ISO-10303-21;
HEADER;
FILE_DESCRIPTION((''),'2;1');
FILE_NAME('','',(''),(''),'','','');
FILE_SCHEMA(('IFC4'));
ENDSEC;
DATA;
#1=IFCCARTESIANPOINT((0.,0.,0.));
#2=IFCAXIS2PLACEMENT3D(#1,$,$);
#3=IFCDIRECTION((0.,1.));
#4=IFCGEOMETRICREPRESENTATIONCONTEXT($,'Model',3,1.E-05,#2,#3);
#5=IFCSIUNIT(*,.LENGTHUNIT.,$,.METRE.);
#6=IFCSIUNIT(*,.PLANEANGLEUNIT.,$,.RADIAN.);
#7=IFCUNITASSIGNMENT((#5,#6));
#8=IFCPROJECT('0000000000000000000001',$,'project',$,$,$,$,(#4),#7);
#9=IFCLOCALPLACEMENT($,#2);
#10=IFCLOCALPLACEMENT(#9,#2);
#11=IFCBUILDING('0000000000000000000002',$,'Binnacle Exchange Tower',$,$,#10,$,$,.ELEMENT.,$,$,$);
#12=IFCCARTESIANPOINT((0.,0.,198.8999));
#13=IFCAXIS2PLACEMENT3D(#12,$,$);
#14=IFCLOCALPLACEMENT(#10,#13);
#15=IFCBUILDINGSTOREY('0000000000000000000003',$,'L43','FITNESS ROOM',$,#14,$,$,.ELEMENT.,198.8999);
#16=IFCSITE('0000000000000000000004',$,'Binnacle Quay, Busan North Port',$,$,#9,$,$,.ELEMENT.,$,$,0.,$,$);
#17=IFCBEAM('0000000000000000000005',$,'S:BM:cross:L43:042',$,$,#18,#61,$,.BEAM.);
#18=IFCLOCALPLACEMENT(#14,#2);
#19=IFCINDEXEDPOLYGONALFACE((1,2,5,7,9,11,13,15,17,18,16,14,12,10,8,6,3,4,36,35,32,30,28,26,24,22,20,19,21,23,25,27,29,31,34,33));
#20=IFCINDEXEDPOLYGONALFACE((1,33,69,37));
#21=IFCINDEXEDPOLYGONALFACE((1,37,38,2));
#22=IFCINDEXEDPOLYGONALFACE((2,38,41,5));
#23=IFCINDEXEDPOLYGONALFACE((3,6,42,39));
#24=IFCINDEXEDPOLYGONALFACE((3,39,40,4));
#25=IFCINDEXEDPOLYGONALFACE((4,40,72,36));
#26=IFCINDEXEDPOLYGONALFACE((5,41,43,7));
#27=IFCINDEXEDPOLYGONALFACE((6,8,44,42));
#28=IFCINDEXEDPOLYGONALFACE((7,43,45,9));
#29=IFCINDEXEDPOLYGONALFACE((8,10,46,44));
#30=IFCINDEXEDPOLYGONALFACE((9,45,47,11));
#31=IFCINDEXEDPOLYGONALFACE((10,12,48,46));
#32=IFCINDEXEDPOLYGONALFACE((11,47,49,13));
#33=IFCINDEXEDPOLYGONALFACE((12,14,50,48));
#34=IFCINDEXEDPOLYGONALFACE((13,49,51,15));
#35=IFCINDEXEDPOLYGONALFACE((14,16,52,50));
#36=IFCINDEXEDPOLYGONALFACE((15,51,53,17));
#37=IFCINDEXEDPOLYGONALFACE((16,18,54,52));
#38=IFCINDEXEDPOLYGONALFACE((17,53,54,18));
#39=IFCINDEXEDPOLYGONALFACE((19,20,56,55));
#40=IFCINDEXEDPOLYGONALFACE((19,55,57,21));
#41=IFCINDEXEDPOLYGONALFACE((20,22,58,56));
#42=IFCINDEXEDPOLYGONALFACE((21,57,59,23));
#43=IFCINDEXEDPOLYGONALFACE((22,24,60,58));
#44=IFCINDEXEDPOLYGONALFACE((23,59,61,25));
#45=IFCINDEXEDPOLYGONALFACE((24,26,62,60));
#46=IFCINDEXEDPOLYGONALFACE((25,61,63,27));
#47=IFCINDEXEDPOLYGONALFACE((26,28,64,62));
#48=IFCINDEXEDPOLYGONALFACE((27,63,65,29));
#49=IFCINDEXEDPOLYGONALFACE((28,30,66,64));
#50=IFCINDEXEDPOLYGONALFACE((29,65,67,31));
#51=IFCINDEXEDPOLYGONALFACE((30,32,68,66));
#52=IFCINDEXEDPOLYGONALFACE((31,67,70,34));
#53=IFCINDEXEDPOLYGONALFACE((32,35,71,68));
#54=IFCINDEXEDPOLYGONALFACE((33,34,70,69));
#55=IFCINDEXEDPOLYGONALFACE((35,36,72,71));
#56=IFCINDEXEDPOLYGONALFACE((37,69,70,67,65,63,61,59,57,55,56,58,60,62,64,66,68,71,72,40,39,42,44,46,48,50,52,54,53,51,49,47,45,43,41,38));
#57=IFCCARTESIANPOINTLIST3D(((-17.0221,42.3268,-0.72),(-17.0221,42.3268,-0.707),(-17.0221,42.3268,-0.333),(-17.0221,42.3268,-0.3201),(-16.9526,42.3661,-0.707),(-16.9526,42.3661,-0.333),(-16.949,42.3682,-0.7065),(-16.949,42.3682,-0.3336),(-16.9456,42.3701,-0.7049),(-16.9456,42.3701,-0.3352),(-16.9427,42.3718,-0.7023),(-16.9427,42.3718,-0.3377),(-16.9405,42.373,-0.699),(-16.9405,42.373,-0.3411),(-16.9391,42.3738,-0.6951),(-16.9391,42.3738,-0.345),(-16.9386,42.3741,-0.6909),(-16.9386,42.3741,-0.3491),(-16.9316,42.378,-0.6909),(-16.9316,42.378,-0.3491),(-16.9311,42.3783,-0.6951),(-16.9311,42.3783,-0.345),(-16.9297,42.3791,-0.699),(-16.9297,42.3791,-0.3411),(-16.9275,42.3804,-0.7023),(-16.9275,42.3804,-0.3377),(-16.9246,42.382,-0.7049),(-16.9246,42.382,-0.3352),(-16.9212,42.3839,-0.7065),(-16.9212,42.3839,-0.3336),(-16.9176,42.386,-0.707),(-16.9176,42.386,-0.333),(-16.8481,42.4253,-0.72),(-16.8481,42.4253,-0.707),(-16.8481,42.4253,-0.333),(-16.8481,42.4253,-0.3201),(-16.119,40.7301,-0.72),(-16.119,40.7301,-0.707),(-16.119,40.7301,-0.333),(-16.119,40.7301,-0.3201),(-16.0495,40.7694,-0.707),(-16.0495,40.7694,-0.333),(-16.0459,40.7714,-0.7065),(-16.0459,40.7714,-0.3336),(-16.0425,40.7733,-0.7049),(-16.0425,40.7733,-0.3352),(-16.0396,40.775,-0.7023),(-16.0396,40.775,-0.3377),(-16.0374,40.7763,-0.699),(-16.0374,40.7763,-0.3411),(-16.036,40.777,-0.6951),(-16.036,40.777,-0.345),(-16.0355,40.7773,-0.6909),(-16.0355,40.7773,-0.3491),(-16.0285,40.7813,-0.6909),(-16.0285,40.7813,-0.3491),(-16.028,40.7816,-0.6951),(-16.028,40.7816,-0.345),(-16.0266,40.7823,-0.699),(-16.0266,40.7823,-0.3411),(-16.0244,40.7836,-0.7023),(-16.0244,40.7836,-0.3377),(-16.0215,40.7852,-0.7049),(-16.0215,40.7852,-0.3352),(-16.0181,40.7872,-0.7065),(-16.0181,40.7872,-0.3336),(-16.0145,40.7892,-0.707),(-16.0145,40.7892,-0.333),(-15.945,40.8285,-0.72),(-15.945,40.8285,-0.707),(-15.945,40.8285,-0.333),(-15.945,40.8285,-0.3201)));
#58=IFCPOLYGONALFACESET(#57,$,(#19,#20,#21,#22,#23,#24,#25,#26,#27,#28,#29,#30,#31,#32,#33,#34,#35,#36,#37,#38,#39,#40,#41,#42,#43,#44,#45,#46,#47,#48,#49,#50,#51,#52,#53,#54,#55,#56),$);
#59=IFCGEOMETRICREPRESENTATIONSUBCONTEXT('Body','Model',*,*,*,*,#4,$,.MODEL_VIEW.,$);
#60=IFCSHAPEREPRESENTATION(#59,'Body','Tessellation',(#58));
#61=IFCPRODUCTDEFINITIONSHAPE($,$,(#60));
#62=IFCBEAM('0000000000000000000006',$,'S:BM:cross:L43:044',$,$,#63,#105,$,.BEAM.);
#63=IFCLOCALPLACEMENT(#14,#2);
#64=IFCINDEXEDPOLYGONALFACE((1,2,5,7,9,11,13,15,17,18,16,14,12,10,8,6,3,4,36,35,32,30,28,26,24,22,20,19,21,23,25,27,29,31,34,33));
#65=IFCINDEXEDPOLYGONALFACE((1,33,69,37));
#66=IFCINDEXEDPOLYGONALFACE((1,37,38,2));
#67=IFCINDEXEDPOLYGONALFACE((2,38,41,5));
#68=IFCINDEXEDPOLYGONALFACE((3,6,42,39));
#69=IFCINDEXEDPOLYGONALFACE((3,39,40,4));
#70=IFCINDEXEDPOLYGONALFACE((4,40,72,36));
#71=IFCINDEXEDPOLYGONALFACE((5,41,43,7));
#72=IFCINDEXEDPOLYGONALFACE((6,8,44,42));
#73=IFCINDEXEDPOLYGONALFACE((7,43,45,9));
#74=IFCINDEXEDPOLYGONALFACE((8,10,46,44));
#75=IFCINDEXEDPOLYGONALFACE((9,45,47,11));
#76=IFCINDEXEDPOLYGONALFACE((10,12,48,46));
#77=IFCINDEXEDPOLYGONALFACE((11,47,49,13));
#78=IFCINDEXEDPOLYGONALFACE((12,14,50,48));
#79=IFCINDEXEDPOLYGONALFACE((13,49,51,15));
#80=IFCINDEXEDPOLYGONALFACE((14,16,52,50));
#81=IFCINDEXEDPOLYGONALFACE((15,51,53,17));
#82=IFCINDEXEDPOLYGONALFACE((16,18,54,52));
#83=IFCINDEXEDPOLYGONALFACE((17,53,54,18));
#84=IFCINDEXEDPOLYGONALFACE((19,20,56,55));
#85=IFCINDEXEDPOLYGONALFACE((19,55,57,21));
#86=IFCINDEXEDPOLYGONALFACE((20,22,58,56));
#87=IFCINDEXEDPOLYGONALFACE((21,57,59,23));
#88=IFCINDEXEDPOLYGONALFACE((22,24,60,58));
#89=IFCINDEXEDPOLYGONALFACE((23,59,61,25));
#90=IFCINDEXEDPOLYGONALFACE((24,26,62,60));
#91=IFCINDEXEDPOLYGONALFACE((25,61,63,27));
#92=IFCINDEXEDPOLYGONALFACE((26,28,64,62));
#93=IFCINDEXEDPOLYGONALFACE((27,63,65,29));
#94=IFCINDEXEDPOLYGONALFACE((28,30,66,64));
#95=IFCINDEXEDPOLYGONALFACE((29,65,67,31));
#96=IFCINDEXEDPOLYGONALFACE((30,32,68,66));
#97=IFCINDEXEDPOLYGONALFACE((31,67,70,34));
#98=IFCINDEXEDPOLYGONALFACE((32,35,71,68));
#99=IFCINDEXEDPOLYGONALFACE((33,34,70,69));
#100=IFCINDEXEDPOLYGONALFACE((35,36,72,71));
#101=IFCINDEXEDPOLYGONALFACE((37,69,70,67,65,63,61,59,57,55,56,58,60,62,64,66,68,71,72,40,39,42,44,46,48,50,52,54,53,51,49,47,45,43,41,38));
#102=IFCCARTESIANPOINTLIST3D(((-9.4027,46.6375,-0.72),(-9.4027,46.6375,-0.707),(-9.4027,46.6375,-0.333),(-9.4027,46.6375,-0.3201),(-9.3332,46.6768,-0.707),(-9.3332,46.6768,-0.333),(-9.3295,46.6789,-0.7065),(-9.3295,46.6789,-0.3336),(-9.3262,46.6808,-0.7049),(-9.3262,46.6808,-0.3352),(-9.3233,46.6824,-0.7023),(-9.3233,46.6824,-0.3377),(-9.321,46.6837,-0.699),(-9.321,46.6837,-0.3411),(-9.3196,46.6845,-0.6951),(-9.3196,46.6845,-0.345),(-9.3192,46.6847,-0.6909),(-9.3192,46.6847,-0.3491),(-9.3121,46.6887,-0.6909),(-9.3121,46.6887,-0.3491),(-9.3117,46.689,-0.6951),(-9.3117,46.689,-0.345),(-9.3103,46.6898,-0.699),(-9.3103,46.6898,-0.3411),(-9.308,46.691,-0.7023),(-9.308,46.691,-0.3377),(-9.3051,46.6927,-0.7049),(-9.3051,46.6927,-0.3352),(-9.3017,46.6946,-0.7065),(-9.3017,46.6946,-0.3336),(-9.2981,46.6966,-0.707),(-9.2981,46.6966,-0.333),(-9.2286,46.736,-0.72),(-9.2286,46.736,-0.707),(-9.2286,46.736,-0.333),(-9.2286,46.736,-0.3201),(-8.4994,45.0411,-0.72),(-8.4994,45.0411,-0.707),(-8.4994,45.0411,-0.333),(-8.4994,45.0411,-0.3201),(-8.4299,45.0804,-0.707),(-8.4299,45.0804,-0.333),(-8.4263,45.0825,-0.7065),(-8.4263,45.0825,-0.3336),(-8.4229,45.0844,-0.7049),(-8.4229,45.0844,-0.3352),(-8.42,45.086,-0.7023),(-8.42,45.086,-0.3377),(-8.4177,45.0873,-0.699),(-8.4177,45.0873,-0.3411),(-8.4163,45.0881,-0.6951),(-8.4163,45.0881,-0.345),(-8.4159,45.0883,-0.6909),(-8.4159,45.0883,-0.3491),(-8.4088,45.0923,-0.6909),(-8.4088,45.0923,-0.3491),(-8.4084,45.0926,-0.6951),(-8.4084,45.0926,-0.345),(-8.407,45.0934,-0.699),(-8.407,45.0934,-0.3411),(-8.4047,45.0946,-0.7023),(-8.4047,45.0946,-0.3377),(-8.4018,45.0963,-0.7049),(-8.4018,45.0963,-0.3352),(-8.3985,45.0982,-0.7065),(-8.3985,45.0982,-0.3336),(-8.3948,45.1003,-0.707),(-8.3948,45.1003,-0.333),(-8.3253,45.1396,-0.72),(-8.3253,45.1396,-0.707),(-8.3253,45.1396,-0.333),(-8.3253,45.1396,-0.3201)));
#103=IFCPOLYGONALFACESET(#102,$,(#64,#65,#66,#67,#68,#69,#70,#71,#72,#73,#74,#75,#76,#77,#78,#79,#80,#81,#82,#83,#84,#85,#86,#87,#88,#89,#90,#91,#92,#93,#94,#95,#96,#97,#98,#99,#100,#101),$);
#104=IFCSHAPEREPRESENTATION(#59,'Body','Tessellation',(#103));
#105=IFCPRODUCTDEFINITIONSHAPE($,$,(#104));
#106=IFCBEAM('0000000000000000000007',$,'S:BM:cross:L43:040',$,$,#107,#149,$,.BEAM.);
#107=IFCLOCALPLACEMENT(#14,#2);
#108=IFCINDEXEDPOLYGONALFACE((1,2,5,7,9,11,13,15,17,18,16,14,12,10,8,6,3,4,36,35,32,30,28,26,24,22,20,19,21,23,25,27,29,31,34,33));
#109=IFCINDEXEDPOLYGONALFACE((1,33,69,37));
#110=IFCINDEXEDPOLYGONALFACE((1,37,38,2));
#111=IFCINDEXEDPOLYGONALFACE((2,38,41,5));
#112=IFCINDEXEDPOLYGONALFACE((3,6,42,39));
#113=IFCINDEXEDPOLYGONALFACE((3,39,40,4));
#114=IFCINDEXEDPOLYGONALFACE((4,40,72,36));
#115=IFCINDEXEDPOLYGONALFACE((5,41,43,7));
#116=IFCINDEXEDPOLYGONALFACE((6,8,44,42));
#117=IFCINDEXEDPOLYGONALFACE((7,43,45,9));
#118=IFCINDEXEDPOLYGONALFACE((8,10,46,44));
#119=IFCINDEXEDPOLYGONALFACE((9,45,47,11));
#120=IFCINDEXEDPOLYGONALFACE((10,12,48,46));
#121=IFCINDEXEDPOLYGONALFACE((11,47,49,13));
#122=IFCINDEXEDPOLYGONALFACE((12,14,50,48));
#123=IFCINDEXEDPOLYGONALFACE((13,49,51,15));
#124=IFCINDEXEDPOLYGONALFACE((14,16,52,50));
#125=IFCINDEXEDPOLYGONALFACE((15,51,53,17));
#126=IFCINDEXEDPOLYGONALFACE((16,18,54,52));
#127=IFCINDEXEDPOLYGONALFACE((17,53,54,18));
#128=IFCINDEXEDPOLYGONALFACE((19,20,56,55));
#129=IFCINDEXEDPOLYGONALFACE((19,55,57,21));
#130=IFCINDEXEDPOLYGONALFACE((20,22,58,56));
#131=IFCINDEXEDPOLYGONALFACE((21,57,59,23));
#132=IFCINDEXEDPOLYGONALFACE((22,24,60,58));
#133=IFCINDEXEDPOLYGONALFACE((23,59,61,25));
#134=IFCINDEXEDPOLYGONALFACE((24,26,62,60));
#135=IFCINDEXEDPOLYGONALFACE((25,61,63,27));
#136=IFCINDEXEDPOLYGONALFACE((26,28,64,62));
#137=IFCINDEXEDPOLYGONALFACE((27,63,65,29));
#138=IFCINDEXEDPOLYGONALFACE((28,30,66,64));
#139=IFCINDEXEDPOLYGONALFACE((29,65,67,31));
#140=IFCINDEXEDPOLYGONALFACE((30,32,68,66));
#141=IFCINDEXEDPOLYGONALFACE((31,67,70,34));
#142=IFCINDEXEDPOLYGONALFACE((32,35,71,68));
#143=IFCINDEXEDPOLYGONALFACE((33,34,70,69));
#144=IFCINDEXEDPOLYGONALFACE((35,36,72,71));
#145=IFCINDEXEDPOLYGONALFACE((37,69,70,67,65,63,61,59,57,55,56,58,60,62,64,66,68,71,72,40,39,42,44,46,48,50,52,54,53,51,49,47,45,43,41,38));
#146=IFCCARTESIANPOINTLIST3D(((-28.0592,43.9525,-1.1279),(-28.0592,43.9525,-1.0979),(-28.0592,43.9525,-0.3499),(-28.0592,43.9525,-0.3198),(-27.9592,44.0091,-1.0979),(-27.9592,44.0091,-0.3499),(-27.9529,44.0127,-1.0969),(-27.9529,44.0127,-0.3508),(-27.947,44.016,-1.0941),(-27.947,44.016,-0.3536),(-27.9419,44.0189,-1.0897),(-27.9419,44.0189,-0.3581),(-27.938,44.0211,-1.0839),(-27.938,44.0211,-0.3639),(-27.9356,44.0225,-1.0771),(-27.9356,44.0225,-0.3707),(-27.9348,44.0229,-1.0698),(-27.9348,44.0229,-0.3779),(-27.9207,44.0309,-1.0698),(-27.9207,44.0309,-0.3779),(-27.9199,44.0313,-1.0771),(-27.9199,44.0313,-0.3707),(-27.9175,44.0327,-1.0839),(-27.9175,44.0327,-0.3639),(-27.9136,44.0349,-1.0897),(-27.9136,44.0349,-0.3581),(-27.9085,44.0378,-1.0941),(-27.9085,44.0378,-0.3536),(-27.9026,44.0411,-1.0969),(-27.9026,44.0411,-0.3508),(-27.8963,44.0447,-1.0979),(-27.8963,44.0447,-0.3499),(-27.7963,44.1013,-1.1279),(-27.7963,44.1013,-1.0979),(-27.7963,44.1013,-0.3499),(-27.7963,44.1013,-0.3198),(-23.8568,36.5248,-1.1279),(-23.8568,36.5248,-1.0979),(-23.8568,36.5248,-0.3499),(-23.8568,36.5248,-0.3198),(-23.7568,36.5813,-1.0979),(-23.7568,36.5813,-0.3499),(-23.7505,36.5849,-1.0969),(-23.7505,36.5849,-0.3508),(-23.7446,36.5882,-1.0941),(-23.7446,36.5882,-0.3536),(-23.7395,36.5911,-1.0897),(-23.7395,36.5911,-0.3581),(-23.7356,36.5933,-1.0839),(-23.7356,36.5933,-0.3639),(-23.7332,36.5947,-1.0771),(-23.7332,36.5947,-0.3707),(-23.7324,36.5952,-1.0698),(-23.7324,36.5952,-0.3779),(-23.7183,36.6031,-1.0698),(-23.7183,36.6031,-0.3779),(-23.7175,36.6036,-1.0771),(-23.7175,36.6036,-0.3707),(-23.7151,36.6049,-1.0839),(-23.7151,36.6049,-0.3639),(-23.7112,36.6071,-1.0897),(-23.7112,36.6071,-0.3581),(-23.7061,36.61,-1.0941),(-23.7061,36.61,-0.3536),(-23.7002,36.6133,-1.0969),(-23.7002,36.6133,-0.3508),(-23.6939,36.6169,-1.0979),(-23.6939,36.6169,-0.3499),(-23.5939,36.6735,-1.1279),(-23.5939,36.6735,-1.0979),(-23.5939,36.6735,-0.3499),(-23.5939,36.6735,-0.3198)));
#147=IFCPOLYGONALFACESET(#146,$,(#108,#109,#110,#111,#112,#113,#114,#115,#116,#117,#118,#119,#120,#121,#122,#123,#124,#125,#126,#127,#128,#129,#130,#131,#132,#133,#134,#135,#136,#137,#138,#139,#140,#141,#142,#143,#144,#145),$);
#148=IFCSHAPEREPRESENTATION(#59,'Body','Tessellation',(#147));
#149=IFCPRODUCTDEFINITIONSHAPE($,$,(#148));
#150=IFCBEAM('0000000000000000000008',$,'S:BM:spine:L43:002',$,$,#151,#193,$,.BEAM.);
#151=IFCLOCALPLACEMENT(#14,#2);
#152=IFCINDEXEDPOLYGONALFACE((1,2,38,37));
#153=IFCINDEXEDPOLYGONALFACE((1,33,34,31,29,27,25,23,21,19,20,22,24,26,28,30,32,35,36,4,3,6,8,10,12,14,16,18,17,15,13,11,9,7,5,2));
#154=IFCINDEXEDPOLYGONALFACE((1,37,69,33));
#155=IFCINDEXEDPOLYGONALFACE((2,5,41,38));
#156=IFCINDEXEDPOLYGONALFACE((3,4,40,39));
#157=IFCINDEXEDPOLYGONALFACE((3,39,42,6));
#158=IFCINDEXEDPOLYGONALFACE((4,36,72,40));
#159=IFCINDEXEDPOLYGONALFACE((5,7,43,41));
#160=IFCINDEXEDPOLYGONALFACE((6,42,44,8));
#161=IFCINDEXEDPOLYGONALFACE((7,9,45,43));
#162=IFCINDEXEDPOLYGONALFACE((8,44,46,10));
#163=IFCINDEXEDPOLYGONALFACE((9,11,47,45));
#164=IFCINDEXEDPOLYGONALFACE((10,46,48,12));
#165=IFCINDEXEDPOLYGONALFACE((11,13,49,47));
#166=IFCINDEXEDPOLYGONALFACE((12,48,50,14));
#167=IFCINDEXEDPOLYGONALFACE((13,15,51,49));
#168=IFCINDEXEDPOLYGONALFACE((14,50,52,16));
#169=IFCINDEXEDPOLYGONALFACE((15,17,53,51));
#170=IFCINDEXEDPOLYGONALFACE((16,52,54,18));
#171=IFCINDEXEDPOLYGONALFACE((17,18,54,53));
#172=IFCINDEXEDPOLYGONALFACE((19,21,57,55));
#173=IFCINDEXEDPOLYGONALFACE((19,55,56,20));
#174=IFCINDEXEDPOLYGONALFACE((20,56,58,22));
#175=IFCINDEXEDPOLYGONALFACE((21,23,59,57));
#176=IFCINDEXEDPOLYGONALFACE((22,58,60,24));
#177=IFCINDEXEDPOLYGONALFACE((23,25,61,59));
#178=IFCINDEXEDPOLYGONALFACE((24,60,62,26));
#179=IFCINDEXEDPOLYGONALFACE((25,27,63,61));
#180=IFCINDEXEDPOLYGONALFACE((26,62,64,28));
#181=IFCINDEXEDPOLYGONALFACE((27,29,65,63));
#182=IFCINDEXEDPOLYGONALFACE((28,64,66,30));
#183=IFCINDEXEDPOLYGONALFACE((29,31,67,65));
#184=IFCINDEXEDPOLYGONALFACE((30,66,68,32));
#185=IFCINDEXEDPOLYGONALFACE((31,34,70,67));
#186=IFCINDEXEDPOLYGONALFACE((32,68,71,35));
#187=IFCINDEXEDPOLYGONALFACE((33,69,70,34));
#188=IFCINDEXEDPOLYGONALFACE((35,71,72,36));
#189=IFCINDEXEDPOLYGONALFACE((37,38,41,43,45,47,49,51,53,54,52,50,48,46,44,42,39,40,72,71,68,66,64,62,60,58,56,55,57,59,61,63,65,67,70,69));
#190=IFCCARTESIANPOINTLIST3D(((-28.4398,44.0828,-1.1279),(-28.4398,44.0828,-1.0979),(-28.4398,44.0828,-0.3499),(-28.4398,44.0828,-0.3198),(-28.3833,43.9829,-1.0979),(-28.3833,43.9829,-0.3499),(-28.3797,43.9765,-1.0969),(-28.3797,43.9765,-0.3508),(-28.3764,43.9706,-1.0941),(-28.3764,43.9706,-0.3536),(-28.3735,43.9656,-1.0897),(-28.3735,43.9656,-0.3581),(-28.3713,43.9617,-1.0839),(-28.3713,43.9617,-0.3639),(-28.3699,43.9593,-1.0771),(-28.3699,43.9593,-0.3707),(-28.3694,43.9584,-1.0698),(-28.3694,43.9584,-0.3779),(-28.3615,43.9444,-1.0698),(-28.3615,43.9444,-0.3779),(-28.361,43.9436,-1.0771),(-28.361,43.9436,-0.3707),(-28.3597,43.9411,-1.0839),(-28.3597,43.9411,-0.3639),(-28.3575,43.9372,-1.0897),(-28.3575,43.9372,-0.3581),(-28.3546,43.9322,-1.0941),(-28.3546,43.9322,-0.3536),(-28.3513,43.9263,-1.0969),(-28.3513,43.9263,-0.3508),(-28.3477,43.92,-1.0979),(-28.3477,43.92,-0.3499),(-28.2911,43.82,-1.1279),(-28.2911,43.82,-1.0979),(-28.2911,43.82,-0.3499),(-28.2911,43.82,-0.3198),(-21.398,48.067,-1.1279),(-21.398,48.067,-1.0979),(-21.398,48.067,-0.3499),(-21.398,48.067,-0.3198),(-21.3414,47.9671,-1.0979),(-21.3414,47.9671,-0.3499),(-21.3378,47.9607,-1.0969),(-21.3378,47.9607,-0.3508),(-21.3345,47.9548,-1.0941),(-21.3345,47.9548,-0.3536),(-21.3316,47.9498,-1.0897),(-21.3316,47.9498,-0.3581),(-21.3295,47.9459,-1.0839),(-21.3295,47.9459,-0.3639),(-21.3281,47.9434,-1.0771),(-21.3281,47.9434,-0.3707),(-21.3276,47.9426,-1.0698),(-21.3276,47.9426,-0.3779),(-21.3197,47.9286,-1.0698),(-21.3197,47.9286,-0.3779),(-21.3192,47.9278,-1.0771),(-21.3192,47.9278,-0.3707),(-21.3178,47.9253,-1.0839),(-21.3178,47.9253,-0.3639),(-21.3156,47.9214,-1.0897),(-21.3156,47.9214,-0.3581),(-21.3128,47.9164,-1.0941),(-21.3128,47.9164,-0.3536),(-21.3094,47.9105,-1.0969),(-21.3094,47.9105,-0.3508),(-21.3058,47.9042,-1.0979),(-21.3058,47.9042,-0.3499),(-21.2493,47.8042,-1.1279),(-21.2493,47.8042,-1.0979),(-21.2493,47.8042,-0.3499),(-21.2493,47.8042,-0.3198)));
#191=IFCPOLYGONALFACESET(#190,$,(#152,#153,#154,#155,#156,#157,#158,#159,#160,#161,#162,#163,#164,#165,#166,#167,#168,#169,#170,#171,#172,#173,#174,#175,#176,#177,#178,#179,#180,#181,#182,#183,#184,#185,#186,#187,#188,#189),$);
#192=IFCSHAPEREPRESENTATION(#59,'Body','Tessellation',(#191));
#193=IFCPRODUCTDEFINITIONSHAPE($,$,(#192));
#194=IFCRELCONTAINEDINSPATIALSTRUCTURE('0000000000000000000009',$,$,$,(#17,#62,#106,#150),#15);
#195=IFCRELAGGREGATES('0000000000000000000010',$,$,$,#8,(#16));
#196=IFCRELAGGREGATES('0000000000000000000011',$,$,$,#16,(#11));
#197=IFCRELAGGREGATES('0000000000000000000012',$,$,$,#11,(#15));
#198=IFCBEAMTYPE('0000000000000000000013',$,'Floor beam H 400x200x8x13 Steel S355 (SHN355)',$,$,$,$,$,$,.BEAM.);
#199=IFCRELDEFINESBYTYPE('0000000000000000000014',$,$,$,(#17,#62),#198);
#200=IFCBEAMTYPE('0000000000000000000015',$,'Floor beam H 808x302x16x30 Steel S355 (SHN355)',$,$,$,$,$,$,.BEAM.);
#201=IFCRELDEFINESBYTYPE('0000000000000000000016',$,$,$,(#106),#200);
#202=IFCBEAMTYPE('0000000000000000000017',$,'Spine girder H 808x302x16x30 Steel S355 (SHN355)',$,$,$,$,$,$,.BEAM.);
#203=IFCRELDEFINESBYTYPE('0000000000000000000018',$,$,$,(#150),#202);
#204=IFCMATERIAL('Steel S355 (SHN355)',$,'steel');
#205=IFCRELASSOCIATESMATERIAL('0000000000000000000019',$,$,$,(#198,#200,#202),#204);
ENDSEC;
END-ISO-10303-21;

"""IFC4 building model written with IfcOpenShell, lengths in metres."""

from ifc_helpers import new_model, si_unit, direction, frame, origin, origin_2d, place, context, subcontext, project, spatial, i_section, extrude, material, material_profile, profile_set, type_object, element, save


model = new_model("IFC4")

# Units and contexts
model_context = context("Model", 3, precision=1e-05, world=origin(), true_north=direction((0.0, 1.0)))
body_context = subcontext(model_context, "Body", "Model", "MODEL_VIEW")
ifc_project = project(units=[si_unit("LENGTHUNIT", "METRE"), si_unit("PLANEANGLEUNIT", "RADIAN")], contexts=[model_context])

# Site, building, storey
site_placement = place(None, origin())
site = spatial("IfcSite", under=ifc_project, at=site_placement, Name="Binnacle Quay, Busan North Port", CompositionType="ELEMENT", RefElevation=0.0)
building_placement = place(site_placement, origin())
building = spatial("IfcBuilding", under=site, at=building_placement, Name="Binnacle Exchange Tower", CompositionType="ELEMENT")
storey_placement = place(building_placement, frame((0.0, 0.0, 198.8999)))
storey = spatial("IfcBuildingStorey", under=building, at=storey_placement, Name="L43", Description="FITNESS ROOM", CompositionType="ELEMENT", Elevation=198.8999)

# Beams
ifc_material_1 = material(Name="Steel S355 (SHN355)", Category="steel")
ifc_material_profile_1 = material_profile(ifc_material_1, i_section(OverallWidth=0.2, OverallDepth=0.3999, WebThickness=0.0081, FlangeThickness=0.0129, FilletRadius=0.0161, at=origin_2d()), Name="H 400x200x8x13")
ifc_profile_set_1 = profile_set([ifc_material_profile_1], Name="Steel S355 (SHN355)")
beam_type_1 = type_object("IfcBeamType", Name="Floor beam H 400x200x8x13 Steel S355 (SHN355)", PredefinedType="BEAM", material=ifc_profile_set_1)
beam_1_placement = place(storey_placement, frame((-16.032, 40.7793, -0.52), z_axis=(-0.492307, 0.870422, 0.0), x_axis=(-0.870422, -0.492307, 0.0)))
element("IfcBeam", 1, at=beam_1_placement, inside=storey, type_object=beam_type_1, Name="S:BM:cross:L43:042", PredefinedType="BEAM", context=body_context, shape_type="SweptSolid", body=[
    extrude(i_section(OverallWidth=0.2, OverallDepth=0.3999, WebThickness=0.0081, FlangeThickness=0.0129, FilletRadius=0.0161, at=origin_2d()), origin(), (0.0, 0.0, 1.0), 1.8345),
])
beam_2_placement = place(storey_placement, frame((-8.4124, 45.0903, -0.52), z_axis=(-0.492465, 0.870332, 0.0), x_axis=(-0.870332, -0.492465, 0.0)))
element("IfcBeam", 2, at=beam_2_placement, inside=storey, type_object=beam_type_1, Name="S:BM:cross:L43:044", PredefinedType="BEAM", context=body_context, shape_type="SweptSolid", body=[
    extrude(i_section(OverallWidth=0.2, OverallDepth=0.3999, WebThickness=0.0081, FlangeThickness=0.0129, FilletRadius=0.0161, at=origin_2d()), origin(), (0.0, 0.0, 1.0), 1.8342),
])
ifc_material_profile_2 = material_profile(ifc_material_1, i_section(OverallWidth=0.302, OverallDepth=0.8081, WebThickness=0.0161, FlangeThickness=0.03, FilletRadius=0.0281, at=origin_2d()), Name="H 808x302x16x30")
ifc_profile_set_2 = profile_set([ifc_material_profile_2], Name="Steel S355 (SHN355)")
beam_type_2 = type_object("IfcBeamType", Name="Floor beam H 808x302x16x30 Steel S355 (SHN355)", PredefinedType="BEAM", material=ifc_profile_set_2)
beam_3_placement = place(storey_placement, frame((-23.7253, 36.5991, -0.7239), z_axis=(-0.492422, 0.870357, 0.0), x_axis=(-0.870357, -0.492422, 0.0)))
element("IfcBeam", 3, at=beam_3_placement, inside=storey, type_object=beam_type_2, Name="S:BM:cross:L43:040", PredefinedType="BEAM", context=body_context, shape_type="SweptSolid", body=[
    extrude(i_section(OverallWidth=0.302, OverallDepth=0.8081, WebThickness=0.0161, FlangeThickness=0.03, FilletRadius=0.0281, at=origin_2d()), origin(), (0.0, 0.0, 1.0), 8.5342),
])
ifc_material_profile_3 = material_profile(ifc_material_1, i_section(OverallWidth=0.302, OverallDepth=0.8081, WebThickness=0.0161, FlangeThickness=0.03, FilletRadius=0.0281, at=origin_2d()), Name="H 808x302x16x30")
ifc_profile_set_3 = profile_set([ifc_material_profile_3], Name="Steel S355 (SHN355)")
beam_type_3 = type_object("IfcBeamType", Name="Spine girder H 808x302x16x30 Steel S355 (SHN355)", PredefinedType="BEAM", material=ifc_profile_set_3)
beam_4_placement = place(storey_placement, frame((-28.3655, 43.9514, -0.7239), z_axis=(0.87035, 0.492433, 0.0), x_axis=(-0.492433, 0.87035, 0.0)))
element("IfcBeam", 4, at=beam_4_placement, inside=storey, type_object=beam_type_3, Name="S:BM:spine:L43:002", PredefinedType="BEAM", context=body_context, shape_type="SweptSolid", body=[
    extrude(i_section(OverallWidth=0.302, OverallDepth=0.8081, WebThickness=0.0161, FlangeThickness=0.03, FilletRadius=0.0281, at=origin_2d()), origin(), (0.0, 0.0, 1.0), 8.0908),
])

save(model, "model.ifc")
